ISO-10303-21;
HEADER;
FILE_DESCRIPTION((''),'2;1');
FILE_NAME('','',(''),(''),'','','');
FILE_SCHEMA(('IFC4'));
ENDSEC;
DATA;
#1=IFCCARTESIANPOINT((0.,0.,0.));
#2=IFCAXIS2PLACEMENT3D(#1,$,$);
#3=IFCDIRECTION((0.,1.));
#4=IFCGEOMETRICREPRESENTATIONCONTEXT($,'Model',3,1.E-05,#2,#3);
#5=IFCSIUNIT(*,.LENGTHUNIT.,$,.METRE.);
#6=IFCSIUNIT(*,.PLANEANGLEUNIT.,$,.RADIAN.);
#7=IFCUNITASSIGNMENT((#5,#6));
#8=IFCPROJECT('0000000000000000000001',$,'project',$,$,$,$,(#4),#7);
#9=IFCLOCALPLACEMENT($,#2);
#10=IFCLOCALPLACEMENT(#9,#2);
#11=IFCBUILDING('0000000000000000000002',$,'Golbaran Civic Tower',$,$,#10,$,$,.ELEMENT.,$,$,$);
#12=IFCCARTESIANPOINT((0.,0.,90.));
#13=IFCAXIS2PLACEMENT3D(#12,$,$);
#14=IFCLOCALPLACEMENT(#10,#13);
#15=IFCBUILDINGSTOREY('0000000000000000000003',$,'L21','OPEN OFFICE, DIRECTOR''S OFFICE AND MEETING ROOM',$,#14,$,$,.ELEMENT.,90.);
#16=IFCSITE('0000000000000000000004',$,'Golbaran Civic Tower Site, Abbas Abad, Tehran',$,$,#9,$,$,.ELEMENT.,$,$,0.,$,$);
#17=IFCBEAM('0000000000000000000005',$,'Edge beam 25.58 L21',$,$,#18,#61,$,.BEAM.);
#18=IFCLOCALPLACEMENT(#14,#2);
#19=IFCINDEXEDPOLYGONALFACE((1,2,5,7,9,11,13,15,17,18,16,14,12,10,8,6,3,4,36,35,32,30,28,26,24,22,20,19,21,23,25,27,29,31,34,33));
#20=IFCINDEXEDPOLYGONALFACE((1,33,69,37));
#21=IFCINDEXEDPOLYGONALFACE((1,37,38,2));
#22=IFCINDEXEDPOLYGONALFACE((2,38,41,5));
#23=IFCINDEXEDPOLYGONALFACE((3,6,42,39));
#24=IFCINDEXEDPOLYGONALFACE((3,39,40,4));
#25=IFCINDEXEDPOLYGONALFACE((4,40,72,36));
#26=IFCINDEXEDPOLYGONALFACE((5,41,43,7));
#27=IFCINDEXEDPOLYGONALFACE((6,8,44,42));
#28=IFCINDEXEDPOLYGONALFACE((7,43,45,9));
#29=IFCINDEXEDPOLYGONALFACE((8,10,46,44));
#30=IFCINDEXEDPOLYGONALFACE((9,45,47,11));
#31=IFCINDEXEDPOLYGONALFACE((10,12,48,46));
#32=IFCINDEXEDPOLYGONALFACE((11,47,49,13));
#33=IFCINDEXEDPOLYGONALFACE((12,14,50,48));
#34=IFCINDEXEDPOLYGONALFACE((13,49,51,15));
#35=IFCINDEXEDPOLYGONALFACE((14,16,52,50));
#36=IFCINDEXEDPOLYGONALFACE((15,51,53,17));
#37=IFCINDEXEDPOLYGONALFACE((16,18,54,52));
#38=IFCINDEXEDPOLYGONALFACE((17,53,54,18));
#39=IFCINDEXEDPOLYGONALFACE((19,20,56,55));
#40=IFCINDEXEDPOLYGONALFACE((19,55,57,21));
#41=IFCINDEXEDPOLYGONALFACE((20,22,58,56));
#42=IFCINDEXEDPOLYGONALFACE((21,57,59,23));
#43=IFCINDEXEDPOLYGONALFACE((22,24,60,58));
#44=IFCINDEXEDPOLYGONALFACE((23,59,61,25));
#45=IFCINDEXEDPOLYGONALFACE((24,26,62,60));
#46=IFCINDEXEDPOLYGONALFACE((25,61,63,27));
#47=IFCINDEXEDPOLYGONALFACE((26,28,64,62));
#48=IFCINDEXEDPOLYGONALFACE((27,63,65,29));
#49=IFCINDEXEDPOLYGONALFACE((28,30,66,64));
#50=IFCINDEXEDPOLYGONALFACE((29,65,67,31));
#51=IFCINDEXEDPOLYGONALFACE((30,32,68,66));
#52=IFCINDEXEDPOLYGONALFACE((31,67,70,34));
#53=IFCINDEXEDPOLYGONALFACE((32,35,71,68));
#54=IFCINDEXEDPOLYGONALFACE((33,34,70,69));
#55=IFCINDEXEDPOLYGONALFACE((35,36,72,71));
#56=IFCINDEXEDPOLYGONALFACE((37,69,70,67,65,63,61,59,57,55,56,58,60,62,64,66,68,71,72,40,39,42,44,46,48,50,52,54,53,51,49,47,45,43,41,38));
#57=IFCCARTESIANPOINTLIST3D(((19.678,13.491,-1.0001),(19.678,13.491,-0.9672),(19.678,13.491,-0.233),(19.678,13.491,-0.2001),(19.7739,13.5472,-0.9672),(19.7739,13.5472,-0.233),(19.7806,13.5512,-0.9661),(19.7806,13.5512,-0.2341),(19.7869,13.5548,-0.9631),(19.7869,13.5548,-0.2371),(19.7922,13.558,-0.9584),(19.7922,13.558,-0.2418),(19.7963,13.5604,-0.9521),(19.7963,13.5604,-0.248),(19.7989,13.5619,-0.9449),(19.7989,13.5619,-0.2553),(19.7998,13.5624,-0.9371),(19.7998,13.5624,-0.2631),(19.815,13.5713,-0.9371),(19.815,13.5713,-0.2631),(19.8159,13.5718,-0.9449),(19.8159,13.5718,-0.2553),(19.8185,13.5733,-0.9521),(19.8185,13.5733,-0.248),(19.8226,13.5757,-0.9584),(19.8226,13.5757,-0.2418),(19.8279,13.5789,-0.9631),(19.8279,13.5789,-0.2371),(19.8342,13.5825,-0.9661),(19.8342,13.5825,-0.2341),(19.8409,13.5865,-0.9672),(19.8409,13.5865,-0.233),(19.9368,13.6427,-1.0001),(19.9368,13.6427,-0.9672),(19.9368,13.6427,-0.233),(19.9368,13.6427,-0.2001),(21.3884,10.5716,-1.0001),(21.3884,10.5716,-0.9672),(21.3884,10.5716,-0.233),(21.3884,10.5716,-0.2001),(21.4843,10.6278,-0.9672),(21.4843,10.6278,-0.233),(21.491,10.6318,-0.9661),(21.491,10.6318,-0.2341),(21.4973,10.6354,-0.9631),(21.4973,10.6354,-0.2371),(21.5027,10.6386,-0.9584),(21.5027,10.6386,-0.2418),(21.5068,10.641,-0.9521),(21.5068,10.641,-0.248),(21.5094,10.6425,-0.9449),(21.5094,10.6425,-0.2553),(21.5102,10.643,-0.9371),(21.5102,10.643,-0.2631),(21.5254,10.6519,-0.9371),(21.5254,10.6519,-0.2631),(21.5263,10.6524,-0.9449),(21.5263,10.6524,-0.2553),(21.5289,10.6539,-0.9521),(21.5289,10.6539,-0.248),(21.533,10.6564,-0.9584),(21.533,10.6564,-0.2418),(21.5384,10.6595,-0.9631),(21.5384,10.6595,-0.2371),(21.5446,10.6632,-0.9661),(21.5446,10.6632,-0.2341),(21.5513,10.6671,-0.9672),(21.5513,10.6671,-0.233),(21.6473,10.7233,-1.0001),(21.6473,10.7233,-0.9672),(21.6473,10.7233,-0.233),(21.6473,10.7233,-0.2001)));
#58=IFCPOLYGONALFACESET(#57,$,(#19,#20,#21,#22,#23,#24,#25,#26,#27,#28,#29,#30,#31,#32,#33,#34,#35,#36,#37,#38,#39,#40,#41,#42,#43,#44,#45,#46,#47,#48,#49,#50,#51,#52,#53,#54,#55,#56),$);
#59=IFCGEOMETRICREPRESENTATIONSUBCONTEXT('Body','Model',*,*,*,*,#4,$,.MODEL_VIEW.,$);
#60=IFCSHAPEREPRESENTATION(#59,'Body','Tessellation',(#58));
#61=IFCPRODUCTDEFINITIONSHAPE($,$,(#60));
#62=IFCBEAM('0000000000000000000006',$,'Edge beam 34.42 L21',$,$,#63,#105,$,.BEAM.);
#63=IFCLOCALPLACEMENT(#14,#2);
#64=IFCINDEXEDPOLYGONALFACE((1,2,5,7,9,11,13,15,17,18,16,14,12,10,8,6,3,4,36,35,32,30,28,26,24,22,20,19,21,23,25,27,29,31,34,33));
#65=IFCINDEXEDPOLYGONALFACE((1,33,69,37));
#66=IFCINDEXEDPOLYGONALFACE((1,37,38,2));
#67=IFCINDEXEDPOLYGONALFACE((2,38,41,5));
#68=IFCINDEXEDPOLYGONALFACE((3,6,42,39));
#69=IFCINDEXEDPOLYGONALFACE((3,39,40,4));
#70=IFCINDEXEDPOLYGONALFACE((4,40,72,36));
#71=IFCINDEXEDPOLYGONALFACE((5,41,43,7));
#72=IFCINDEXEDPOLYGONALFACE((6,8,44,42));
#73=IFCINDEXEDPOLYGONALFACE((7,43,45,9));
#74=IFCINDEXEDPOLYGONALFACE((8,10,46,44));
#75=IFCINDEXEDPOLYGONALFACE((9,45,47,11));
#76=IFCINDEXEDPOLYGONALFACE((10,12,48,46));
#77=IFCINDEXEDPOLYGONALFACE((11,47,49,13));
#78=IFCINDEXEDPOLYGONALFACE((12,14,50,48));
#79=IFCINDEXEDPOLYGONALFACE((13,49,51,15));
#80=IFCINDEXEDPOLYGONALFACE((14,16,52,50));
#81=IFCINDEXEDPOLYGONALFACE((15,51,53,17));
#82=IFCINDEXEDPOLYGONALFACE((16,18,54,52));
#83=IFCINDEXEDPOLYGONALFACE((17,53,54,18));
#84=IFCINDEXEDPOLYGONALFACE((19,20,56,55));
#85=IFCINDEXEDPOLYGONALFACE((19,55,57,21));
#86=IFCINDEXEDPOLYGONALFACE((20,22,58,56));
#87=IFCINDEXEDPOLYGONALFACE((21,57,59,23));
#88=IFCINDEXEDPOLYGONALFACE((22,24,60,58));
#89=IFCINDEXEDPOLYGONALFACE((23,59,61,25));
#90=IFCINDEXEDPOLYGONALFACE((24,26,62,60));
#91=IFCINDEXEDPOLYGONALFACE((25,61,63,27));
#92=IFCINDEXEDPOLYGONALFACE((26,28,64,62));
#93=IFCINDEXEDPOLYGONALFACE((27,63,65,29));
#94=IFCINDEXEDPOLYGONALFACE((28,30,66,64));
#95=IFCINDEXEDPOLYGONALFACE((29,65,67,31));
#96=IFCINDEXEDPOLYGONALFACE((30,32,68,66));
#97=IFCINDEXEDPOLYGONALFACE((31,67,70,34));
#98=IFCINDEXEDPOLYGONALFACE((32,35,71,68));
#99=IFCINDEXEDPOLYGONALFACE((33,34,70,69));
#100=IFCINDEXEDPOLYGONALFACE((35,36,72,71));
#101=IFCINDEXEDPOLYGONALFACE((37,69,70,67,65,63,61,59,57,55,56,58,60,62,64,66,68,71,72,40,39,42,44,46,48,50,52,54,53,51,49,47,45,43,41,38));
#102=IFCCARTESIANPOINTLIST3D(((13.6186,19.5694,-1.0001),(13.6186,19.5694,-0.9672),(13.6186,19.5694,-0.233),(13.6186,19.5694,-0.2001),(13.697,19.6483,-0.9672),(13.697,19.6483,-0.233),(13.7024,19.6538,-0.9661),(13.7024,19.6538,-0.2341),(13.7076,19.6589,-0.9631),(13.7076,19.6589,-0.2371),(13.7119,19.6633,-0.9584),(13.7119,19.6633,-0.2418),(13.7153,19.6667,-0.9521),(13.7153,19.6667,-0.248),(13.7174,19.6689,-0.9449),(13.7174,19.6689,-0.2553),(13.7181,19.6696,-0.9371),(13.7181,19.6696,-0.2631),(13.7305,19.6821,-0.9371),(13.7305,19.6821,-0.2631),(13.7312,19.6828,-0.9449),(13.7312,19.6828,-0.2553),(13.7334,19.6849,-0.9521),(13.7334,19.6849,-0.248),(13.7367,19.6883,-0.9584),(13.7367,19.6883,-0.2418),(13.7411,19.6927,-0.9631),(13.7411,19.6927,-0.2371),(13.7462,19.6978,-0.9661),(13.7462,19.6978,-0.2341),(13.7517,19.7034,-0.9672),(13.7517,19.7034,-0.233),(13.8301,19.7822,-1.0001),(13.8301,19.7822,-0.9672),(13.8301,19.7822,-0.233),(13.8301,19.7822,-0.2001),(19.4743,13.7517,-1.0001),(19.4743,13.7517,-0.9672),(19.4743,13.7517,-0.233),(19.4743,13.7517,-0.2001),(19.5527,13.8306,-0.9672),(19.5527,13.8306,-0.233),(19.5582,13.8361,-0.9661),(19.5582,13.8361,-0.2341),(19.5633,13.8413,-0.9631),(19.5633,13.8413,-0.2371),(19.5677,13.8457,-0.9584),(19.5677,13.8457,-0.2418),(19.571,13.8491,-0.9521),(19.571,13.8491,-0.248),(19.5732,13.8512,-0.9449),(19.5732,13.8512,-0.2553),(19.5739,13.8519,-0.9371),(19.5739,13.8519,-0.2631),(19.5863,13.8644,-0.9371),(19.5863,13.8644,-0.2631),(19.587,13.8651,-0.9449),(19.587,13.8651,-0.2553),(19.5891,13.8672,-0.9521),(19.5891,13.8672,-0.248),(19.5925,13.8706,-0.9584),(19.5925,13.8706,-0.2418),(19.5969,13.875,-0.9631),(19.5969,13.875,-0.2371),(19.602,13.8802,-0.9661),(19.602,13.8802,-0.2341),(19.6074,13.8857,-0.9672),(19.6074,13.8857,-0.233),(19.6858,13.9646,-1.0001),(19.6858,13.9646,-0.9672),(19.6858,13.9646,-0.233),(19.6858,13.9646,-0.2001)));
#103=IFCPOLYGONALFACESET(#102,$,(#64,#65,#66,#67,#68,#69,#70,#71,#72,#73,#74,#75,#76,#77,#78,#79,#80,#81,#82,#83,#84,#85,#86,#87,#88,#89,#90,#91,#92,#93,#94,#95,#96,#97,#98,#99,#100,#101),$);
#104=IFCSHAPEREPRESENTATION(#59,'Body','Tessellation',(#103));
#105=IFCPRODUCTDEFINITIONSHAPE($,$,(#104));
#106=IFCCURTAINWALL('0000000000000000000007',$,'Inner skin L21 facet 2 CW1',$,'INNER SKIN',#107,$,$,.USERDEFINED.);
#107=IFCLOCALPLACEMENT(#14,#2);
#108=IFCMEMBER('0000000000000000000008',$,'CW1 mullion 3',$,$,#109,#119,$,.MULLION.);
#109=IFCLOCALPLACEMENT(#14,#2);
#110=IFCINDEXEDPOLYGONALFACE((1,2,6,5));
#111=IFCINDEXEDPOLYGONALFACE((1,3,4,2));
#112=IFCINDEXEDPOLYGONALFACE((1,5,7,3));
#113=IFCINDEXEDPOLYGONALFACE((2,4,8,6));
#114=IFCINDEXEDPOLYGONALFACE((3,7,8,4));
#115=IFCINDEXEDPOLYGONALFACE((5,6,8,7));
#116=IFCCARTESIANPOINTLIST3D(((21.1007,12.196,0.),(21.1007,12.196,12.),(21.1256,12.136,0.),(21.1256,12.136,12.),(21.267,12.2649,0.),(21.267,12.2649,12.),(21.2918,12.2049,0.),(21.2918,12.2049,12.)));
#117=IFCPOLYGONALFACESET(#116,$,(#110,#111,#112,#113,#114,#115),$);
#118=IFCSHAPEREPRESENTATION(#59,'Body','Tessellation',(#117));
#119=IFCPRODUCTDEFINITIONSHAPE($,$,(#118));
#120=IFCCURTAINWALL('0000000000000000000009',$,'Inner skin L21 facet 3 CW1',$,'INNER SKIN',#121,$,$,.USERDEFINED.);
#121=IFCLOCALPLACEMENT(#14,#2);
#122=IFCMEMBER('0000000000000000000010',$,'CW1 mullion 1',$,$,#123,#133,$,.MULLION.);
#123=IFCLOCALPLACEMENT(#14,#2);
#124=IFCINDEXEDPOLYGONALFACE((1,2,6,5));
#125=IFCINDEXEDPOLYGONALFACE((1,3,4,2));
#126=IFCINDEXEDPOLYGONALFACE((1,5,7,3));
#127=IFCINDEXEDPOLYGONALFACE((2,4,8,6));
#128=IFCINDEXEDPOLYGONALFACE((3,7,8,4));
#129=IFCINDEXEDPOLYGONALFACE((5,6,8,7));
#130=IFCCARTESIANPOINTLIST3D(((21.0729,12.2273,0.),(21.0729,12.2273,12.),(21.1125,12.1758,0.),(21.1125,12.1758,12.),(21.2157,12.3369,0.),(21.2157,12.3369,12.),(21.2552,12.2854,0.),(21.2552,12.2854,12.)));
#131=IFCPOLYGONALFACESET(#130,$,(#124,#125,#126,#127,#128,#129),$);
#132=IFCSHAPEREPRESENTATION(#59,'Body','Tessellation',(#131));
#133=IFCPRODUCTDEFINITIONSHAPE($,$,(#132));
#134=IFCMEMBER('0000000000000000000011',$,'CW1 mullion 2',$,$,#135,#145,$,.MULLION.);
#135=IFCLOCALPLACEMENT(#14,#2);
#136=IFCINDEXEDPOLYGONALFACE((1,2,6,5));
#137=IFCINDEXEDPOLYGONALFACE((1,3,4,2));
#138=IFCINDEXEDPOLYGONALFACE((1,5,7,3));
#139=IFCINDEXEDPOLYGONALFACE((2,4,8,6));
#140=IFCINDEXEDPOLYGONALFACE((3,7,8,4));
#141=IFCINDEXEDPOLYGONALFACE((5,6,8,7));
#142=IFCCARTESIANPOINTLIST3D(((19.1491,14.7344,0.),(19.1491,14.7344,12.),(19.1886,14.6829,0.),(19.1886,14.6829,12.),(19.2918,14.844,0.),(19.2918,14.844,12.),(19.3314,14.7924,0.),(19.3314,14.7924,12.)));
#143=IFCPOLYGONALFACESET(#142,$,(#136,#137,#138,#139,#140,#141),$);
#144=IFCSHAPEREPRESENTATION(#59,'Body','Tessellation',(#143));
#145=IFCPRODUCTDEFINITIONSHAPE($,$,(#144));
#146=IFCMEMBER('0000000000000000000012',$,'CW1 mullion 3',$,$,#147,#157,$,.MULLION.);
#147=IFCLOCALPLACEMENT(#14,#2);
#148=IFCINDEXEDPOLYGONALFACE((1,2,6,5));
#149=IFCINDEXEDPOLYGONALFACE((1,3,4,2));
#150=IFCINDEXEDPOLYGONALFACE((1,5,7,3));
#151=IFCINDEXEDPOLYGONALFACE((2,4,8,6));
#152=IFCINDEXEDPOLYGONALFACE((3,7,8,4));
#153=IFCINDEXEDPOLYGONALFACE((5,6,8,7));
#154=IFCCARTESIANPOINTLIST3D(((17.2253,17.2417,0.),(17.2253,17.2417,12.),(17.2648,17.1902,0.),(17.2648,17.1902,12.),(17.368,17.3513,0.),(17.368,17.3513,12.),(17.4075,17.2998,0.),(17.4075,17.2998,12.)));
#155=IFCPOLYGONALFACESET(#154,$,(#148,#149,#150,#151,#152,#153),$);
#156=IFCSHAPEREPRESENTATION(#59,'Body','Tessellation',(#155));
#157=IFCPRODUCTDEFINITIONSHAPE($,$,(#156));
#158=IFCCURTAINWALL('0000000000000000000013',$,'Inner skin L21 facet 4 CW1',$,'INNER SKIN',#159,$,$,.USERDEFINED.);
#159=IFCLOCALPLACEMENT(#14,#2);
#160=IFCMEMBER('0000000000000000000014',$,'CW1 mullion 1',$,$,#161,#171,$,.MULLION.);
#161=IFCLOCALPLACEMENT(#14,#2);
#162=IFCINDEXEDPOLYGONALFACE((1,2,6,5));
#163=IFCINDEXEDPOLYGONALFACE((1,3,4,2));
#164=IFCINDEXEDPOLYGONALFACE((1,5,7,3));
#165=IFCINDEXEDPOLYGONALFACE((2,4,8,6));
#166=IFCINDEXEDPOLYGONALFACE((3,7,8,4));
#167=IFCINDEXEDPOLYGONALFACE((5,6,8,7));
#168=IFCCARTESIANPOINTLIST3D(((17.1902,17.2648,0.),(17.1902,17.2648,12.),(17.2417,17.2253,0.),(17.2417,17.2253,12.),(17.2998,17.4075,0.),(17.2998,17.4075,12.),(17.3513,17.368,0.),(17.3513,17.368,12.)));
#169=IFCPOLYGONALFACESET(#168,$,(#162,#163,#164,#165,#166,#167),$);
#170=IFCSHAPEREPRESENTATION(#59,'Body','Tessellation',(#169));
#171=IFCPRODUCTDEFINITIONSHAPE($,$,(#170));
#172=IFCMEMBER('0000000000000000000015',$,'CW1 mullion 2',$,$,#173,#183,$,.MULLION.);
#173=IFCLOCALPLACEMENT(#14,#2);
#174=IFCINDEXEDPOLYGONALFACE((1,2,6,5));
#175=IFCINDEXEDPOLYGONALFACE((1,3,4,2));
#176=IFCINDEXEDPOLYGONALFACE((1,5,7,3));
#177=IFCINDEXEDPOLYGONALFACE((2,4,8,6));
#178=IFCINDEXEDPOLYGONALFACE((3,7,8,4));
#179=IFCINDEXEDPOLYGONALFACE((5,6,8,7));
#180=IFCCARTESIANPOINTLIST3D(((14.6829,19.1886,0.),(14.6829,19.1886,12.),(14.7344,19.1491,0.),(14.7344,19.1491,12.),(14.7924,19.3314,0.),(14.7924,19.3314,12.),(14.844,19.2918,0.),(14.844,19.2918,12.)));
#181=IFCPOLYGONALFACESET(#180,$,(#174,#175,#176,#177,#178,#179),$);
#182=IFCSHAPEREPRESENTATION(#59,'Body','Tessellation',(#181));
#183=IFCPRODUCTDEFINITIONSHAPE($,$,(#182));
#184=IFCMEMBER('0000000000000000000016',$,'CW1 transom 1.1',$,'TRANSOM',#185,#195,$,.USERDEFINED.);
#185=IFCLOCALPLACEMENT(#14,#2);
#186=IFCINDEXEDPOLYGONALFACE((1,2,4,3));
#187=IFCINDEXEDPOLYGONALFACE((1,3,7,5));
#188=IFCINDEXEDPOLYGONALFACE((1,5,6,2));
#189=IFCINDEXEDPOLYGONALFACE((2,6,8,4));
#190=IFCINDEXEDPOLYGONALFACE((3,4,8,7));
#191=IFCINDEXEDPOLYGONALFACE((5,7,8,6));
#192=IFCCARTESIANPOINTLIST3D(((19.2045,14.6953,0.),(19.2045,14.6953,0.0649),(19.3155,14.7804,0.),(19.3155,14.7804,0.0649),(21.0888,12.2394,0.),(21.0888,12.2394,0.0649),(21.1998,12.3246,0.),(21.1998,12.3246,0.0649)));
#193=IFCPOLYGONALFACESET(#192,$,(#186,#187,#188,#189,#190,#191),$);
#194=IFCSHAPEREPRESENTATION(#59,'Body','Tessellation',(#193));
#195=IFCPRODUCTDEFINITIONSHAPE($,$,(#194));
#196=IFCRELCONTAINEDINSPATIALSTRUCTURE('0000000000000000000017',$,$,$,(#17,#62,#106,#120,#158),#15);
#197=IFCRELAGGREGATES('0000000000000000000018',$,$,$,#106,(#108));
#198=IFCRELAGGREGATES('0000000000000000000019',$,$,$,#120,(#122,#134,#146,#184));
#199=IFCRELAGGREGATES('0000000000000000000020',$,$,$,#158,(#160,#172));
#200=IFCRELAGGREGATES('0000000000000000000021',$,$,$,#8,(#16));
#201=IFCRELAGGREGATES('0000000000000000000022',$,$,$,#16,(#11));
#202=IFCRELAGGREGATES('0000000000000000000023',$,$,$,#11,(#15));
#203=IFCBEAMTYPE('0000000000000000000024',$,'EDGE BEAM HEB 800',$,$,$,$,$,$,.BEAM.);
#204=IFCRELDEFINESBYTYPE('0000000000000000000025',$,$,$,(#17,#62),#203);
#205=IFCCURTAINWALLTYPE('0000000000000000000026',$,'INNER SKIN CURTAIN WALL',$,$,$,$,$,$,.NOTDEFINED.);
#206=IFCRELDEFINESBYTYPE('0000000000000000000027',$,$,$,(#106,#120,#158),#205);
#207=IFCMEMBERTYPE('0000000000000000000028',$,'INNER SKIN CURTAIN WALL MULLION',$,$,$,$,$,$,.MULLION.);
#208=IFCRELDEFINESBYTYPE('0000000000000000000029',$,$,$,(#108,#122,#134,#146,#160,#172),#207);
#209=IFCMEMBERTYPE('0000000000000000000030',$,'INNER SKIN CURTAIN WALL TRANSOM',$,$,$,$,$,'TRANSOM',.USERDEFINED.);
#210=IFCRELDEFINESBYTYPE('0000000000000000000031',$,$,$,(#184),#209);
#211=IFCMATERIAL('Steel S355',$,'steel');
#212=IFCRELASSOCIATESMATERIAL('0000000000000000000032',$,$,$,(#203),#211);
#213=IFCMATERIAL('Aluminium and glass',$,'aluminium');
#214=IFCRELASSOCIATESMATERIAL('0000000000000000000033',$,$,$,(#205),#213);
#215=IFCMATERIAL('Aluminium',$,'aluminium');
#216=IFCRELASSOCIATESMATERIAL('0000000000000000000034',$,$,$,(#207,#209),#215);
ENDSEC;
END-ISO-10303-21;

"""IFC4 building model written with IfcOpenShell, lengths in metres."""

from ifc_helpers import new_model, si_unit, direction, frame, origin, origin_2d, place, context, subcontext, project, spatial, rectangle, i_section, extrude, material, material_profile, profile_set, type_object, element, aggregate, save


model = new_model("IFC4")

# Units and contexts
model_context = context("Model", 3, precision=1e-05, world=origin(), true_north=direction((0.0, 1.0)))
body_context = subcontext(model_context, "Body", "Model", "MODEL_VIEW")
ifc_project = project(units=[si_unit("LENGTHUNIT", "METRE"), si_unit("PLANEANGLEUNIT", "RADIAN")], contexts=[model_context])

# Site, building, storey
site_placement = place(None, origin())
site = spatial("IfcSite", under=ifc_project, at=site_placement, Name="Golbaran Civic Tower Site, Abbas Abad, Tehran", CompositionType="ELEMENT", RefElevation=0.0)
building_placement = place(site_placement, origin())
building = spatial("IfcBuilding", under=site, at=building_placement, Name="Golbaran Civic Tower", CompositionType="ELEMENT")
storey_placement = place(building_placement, frame((0.0, 0.0, 90.0)))
storey = spatial("IfcBuildingStorey", under=building, at=storey_placement, Name="L21", Description="OPEN OFFICE, DIRECTOR'S OFFICE AND MEETING ROOM", CompositionType="ELEMENT", Elevation=90.0)

# Beams
ifc_material_1 = material(Name="Steel S355", Category="steel")
ifc_material_profile_1 = material_profile(ifc_material_1, i_section(OverallWidth=0.3, OverallDepth=0.8, WebThickness=0.0176, FlangeThickness=0.033, FilletRadius=0.03, at=origin_2d()), Name="HEB 800")
ifc_profile_set_1 = profile_set([ifc_material_profile_1], Name="Steel S355")
beam_type = type_object("IfcBeamType", Name="EDGE BEAM HEB 800", PredefinedType="BEAM", material=ifc_profile_set_1)
beam_1_placement = place(storey_placement, frame((21.5178, 10.6475, -0.6001), z_axis=(-0.505512, 0.86282, 0.0), x_axis=(-0.86282, -0.505512, 0.0)))
element("IfcBeam", 1, at=beam_1_placement, inside=storey, type_object=beam_type, Name="Edge beam 25.58 L21", PredefinedType="BEAM", context=body_context, shape_type="SweptSolid", body=[
    extrude(i_section(OverallWidth=0.3, OverallDepth=0.8, WebThickness=0.0176, FlangeThickness=0.033, FilletRadius=0.03, at=origin_2d()), origin(), (0.0, 0.0, 1.0), 3.3835),
])
beam_2_placement = place(storey_placement, frame((19.5801, 13.8582, -0.6001), z_axis=(-0.70941, 0.704796, 0.0), x_axis=(-0.704796, -0.70941, 0.0)))
element("IfcBeam", 2, at=beam_2_placement, inside=storey, type_object=beam_type, Name="Edge beam 34.42 L21", PredefinedType="BEAM", context=body_context, shape_type="SweptSolid", body=[
    extrude(i_section(OverallWidth=0.3, OverallDepth=0.8, WebThickness=0.0176, FlangeThickness=0.033, FilletRadius=0.03, at=origin_2d()), origin(), (0.0, 0.0, 1.0), 8.2544),
])

# Curtain wall, member
ifc_material_2 = material(Name="Aluminium and glass", Category="aluminium")
curtain_wall_type = type_object("IfcCurtainWallType", Name="INNER SKIN CURTAIN WALL", PredefinedType="NOTDEFINED", material=ifc_material_2)
curtain_wall_1_placement = place(storey_placement, origin())
curtain_wall_1 = element("IfcCurtainWall", 3, at=curtain_wall_1_placement, inside=storey, type_object=curtain_wall_type, Name="Inner skin L21 facet 2 CW1", ObjectType="INNER SKIN", PredefinedType="USERDEFINED")
ifc_material_3 = material(Name="Aluminium", Category="aluminium")
ifc_material_profile_2 = material_profile(ifc_material_3, rectangle(XDim=0.1799, YDim=0.0649, at=origin_2d()), Name="INNER SKIN CURTAIN WALL MULLION")
ifc_profile_set_2 = profile_set([ifc_material_profile_2], Name="Aluminium")
member_type_1 = type_object("IfcMemberType", Name="INNER SKIN CURTAIN WALL MULLION", PredefinedType="MULLION", material=ifc_profile_set_2)
member_1_placement = place(storey_placement, frame((21.1963, 12.2004, 0.0), z_axis=(0.0, 0.0, 1.0), x_axis=(-0.92388, -0.382683, 0.0)))
member_1 = element("IfcMember", 4, at=member_1_placement, type_object=member_type_1, Name="CW1 mullion 3", PredefinedType="MULLION", context=body_context, shape_type="SweptSolid", body=[
    extrude(rectangle(XDim=0.1799, YDim=0.0649, at=origin_2d()), origin(), (0.0, 0.0, 1.0), 12.0),
])

# Curtain walls, members
curtain_wall_2_placement = place(storey_placement, origin())
curtain_wall_2 = element("IfcCurtainWall", 5, at=curtain_wall_2_placement, inside=storey, type_object=curtain_wall_type, Name="Inner skin L21 facet 3 CW1", ObjectType="INNER SKIN", PredefinedType="USERDEFINED")
member_2_placement = place(storey_placement, frame((21.1641, 12.2563, 0.0), z_axis=(0.0, 0.0, 1.0), x_axis=(-0.793353, -0.608761, 0.0)))
member_2 = element("IfcMember", 6, at=member_2_placement, type_object=member_type_1, Name="CW1 mullion 1", PredefinedType="MULLION", context=body_context, shape_type="SweptSolid", body=[
    extrude(rectangle(XDim=0.1799, YDim=0.0649, at=origin_2d()), origin(), (0.0, 0.0, 1.0), 12.0),
])
member_3_placement = place(storey_placement, frame((19.2402, 14.7634, 0.0), z_axis=(0.0, 0.0, 1.0), x_axis=(-0.793353, -0.608761, 0.0)))
member_3 = element("IfcMember", 7, at=member_3_placement, type_object=member_type_1, Name="CW1 mullion 2", PredefinedType="MULLION", context=body_context, shape_type="SweptSolid", body=[
    extrude(rectangle(XDim=0.1799, YDim=0.0649, at=origin_2d()), origin(), (0.0, 0.0, 1.0), 12.0),
])
member_4_placement = place(storey_placement, frame((17.3164, 17.2708, 0.0), z_axis=(0.0, 0.0, 1.0), x_axis=(-0.793353, -0.608761, 0.0)))
member_4 = element("IfcMember", 8, at=member_4_placement, type_object=member_type_1, Name="CW1 mullion 3", PredefinedType="MULLION", context=body_context, shape_type="SweptSolid", body=[
    extrude(rectangle(XDim=0.1799, YDim=0.0649, at=origin_2d()), origin(), (0.0, 0.0, 1.0), 12.0),
])
curtain_wall_3_placement = place(storey_placement, origin())
curtain_wall_3 = element("IfcCurtainWall", 9, at=curtain_wall_3_placement, inside=storey, type_object=curtain_wall_type, Name="Inner skin L21 facet 4 CW1", ObjectType="INNER SKIN", PredefinedType="USERDEFINED")
member_5_placement = place(storey_placement, frame((17.2708, 17.3164, 0.0), z_axis=(0.0, 0.0, 1.0), x_axis=(-0.608761, -0.793353, 0.0)))
member_5 = element("IfcMember", 10, at=member_5_placement, type_object=member_type_1, Name="CW1 mullion 1", PredefinedType="MULLION", context=body_context, shape_type="SweptSolid", body=[
    extrude(rectangle(XDim=0.1799, YDim=0.0649, at=origin_2d()), origin(), (0.0, 0.0, 1.0), 12.0),
])
member_6_placement = place(storey_placement, frame((14.7634, 19.2402, 0.0), z_axis=(0.0, 0.0, 1.0), x_axis=(-0.608761, -0.793353, 0.0)))
member_6 = element("IfcMember", 11, at=member_6_placement, type_object=member_type_1, Name="CW1 mullion 2", PredefinedType="MULLION", context=body_context, shape_type="SweptSolid", body=[
    extrude(rectangle(XDim=0.1799, YDim=0.0649, at=origin_2d()), origin(), (0.0, 0.0, 1.0), 12.0),
])

# Member
ifc_material_profile_3 = material_profile(ifc_material_3, rectangle(XDim=0.1399, YDim=0.0649, at=origin_2d()), Name="INNER SKIN CURTAIN WALL TRANSOM")
ifc_profile_set_3 = profile_set([ifc_material_profile_3], Name="Aluminium")
member_type_2 = type_object("IfcMemberType", Name="INNER SKIN CURTAIN WALL TRANSOM", ElementType="TRANSOM", PredefinedType="USERDEFINED", material=ifc_profile_set_3)
member_7_placement = place(storey_placement, frame((21.1443, 12.282, 0.0325), z_axis=(-0.608735, 0.793374, 0.0), x_axis=(-0.793374, -0.608735, 0.0)))
member_7 = element("IfcMember", 12, at=member_7_placement, type_object=member_type_2, Name="CW1 transom 1.1", ObjectType="TRANSOM", PredefinedType="USERDEFINED", context=body_context, shape_type="SweptSolid", body=[
    extrude(rectangle(XDim=0.1399, YDim=0.0649, at=origin_2d()), origin(), (0.0, 0.0, 1.0), 3.0955),
])

aggregate(curtain_wall_1, [member_1])
aggregate(curtain_wall_2, [member_2, member_3, member_4, member_7])
aggregate(curtain_wall_3, [member_5, member_6])

save(model, "model.ifc")
